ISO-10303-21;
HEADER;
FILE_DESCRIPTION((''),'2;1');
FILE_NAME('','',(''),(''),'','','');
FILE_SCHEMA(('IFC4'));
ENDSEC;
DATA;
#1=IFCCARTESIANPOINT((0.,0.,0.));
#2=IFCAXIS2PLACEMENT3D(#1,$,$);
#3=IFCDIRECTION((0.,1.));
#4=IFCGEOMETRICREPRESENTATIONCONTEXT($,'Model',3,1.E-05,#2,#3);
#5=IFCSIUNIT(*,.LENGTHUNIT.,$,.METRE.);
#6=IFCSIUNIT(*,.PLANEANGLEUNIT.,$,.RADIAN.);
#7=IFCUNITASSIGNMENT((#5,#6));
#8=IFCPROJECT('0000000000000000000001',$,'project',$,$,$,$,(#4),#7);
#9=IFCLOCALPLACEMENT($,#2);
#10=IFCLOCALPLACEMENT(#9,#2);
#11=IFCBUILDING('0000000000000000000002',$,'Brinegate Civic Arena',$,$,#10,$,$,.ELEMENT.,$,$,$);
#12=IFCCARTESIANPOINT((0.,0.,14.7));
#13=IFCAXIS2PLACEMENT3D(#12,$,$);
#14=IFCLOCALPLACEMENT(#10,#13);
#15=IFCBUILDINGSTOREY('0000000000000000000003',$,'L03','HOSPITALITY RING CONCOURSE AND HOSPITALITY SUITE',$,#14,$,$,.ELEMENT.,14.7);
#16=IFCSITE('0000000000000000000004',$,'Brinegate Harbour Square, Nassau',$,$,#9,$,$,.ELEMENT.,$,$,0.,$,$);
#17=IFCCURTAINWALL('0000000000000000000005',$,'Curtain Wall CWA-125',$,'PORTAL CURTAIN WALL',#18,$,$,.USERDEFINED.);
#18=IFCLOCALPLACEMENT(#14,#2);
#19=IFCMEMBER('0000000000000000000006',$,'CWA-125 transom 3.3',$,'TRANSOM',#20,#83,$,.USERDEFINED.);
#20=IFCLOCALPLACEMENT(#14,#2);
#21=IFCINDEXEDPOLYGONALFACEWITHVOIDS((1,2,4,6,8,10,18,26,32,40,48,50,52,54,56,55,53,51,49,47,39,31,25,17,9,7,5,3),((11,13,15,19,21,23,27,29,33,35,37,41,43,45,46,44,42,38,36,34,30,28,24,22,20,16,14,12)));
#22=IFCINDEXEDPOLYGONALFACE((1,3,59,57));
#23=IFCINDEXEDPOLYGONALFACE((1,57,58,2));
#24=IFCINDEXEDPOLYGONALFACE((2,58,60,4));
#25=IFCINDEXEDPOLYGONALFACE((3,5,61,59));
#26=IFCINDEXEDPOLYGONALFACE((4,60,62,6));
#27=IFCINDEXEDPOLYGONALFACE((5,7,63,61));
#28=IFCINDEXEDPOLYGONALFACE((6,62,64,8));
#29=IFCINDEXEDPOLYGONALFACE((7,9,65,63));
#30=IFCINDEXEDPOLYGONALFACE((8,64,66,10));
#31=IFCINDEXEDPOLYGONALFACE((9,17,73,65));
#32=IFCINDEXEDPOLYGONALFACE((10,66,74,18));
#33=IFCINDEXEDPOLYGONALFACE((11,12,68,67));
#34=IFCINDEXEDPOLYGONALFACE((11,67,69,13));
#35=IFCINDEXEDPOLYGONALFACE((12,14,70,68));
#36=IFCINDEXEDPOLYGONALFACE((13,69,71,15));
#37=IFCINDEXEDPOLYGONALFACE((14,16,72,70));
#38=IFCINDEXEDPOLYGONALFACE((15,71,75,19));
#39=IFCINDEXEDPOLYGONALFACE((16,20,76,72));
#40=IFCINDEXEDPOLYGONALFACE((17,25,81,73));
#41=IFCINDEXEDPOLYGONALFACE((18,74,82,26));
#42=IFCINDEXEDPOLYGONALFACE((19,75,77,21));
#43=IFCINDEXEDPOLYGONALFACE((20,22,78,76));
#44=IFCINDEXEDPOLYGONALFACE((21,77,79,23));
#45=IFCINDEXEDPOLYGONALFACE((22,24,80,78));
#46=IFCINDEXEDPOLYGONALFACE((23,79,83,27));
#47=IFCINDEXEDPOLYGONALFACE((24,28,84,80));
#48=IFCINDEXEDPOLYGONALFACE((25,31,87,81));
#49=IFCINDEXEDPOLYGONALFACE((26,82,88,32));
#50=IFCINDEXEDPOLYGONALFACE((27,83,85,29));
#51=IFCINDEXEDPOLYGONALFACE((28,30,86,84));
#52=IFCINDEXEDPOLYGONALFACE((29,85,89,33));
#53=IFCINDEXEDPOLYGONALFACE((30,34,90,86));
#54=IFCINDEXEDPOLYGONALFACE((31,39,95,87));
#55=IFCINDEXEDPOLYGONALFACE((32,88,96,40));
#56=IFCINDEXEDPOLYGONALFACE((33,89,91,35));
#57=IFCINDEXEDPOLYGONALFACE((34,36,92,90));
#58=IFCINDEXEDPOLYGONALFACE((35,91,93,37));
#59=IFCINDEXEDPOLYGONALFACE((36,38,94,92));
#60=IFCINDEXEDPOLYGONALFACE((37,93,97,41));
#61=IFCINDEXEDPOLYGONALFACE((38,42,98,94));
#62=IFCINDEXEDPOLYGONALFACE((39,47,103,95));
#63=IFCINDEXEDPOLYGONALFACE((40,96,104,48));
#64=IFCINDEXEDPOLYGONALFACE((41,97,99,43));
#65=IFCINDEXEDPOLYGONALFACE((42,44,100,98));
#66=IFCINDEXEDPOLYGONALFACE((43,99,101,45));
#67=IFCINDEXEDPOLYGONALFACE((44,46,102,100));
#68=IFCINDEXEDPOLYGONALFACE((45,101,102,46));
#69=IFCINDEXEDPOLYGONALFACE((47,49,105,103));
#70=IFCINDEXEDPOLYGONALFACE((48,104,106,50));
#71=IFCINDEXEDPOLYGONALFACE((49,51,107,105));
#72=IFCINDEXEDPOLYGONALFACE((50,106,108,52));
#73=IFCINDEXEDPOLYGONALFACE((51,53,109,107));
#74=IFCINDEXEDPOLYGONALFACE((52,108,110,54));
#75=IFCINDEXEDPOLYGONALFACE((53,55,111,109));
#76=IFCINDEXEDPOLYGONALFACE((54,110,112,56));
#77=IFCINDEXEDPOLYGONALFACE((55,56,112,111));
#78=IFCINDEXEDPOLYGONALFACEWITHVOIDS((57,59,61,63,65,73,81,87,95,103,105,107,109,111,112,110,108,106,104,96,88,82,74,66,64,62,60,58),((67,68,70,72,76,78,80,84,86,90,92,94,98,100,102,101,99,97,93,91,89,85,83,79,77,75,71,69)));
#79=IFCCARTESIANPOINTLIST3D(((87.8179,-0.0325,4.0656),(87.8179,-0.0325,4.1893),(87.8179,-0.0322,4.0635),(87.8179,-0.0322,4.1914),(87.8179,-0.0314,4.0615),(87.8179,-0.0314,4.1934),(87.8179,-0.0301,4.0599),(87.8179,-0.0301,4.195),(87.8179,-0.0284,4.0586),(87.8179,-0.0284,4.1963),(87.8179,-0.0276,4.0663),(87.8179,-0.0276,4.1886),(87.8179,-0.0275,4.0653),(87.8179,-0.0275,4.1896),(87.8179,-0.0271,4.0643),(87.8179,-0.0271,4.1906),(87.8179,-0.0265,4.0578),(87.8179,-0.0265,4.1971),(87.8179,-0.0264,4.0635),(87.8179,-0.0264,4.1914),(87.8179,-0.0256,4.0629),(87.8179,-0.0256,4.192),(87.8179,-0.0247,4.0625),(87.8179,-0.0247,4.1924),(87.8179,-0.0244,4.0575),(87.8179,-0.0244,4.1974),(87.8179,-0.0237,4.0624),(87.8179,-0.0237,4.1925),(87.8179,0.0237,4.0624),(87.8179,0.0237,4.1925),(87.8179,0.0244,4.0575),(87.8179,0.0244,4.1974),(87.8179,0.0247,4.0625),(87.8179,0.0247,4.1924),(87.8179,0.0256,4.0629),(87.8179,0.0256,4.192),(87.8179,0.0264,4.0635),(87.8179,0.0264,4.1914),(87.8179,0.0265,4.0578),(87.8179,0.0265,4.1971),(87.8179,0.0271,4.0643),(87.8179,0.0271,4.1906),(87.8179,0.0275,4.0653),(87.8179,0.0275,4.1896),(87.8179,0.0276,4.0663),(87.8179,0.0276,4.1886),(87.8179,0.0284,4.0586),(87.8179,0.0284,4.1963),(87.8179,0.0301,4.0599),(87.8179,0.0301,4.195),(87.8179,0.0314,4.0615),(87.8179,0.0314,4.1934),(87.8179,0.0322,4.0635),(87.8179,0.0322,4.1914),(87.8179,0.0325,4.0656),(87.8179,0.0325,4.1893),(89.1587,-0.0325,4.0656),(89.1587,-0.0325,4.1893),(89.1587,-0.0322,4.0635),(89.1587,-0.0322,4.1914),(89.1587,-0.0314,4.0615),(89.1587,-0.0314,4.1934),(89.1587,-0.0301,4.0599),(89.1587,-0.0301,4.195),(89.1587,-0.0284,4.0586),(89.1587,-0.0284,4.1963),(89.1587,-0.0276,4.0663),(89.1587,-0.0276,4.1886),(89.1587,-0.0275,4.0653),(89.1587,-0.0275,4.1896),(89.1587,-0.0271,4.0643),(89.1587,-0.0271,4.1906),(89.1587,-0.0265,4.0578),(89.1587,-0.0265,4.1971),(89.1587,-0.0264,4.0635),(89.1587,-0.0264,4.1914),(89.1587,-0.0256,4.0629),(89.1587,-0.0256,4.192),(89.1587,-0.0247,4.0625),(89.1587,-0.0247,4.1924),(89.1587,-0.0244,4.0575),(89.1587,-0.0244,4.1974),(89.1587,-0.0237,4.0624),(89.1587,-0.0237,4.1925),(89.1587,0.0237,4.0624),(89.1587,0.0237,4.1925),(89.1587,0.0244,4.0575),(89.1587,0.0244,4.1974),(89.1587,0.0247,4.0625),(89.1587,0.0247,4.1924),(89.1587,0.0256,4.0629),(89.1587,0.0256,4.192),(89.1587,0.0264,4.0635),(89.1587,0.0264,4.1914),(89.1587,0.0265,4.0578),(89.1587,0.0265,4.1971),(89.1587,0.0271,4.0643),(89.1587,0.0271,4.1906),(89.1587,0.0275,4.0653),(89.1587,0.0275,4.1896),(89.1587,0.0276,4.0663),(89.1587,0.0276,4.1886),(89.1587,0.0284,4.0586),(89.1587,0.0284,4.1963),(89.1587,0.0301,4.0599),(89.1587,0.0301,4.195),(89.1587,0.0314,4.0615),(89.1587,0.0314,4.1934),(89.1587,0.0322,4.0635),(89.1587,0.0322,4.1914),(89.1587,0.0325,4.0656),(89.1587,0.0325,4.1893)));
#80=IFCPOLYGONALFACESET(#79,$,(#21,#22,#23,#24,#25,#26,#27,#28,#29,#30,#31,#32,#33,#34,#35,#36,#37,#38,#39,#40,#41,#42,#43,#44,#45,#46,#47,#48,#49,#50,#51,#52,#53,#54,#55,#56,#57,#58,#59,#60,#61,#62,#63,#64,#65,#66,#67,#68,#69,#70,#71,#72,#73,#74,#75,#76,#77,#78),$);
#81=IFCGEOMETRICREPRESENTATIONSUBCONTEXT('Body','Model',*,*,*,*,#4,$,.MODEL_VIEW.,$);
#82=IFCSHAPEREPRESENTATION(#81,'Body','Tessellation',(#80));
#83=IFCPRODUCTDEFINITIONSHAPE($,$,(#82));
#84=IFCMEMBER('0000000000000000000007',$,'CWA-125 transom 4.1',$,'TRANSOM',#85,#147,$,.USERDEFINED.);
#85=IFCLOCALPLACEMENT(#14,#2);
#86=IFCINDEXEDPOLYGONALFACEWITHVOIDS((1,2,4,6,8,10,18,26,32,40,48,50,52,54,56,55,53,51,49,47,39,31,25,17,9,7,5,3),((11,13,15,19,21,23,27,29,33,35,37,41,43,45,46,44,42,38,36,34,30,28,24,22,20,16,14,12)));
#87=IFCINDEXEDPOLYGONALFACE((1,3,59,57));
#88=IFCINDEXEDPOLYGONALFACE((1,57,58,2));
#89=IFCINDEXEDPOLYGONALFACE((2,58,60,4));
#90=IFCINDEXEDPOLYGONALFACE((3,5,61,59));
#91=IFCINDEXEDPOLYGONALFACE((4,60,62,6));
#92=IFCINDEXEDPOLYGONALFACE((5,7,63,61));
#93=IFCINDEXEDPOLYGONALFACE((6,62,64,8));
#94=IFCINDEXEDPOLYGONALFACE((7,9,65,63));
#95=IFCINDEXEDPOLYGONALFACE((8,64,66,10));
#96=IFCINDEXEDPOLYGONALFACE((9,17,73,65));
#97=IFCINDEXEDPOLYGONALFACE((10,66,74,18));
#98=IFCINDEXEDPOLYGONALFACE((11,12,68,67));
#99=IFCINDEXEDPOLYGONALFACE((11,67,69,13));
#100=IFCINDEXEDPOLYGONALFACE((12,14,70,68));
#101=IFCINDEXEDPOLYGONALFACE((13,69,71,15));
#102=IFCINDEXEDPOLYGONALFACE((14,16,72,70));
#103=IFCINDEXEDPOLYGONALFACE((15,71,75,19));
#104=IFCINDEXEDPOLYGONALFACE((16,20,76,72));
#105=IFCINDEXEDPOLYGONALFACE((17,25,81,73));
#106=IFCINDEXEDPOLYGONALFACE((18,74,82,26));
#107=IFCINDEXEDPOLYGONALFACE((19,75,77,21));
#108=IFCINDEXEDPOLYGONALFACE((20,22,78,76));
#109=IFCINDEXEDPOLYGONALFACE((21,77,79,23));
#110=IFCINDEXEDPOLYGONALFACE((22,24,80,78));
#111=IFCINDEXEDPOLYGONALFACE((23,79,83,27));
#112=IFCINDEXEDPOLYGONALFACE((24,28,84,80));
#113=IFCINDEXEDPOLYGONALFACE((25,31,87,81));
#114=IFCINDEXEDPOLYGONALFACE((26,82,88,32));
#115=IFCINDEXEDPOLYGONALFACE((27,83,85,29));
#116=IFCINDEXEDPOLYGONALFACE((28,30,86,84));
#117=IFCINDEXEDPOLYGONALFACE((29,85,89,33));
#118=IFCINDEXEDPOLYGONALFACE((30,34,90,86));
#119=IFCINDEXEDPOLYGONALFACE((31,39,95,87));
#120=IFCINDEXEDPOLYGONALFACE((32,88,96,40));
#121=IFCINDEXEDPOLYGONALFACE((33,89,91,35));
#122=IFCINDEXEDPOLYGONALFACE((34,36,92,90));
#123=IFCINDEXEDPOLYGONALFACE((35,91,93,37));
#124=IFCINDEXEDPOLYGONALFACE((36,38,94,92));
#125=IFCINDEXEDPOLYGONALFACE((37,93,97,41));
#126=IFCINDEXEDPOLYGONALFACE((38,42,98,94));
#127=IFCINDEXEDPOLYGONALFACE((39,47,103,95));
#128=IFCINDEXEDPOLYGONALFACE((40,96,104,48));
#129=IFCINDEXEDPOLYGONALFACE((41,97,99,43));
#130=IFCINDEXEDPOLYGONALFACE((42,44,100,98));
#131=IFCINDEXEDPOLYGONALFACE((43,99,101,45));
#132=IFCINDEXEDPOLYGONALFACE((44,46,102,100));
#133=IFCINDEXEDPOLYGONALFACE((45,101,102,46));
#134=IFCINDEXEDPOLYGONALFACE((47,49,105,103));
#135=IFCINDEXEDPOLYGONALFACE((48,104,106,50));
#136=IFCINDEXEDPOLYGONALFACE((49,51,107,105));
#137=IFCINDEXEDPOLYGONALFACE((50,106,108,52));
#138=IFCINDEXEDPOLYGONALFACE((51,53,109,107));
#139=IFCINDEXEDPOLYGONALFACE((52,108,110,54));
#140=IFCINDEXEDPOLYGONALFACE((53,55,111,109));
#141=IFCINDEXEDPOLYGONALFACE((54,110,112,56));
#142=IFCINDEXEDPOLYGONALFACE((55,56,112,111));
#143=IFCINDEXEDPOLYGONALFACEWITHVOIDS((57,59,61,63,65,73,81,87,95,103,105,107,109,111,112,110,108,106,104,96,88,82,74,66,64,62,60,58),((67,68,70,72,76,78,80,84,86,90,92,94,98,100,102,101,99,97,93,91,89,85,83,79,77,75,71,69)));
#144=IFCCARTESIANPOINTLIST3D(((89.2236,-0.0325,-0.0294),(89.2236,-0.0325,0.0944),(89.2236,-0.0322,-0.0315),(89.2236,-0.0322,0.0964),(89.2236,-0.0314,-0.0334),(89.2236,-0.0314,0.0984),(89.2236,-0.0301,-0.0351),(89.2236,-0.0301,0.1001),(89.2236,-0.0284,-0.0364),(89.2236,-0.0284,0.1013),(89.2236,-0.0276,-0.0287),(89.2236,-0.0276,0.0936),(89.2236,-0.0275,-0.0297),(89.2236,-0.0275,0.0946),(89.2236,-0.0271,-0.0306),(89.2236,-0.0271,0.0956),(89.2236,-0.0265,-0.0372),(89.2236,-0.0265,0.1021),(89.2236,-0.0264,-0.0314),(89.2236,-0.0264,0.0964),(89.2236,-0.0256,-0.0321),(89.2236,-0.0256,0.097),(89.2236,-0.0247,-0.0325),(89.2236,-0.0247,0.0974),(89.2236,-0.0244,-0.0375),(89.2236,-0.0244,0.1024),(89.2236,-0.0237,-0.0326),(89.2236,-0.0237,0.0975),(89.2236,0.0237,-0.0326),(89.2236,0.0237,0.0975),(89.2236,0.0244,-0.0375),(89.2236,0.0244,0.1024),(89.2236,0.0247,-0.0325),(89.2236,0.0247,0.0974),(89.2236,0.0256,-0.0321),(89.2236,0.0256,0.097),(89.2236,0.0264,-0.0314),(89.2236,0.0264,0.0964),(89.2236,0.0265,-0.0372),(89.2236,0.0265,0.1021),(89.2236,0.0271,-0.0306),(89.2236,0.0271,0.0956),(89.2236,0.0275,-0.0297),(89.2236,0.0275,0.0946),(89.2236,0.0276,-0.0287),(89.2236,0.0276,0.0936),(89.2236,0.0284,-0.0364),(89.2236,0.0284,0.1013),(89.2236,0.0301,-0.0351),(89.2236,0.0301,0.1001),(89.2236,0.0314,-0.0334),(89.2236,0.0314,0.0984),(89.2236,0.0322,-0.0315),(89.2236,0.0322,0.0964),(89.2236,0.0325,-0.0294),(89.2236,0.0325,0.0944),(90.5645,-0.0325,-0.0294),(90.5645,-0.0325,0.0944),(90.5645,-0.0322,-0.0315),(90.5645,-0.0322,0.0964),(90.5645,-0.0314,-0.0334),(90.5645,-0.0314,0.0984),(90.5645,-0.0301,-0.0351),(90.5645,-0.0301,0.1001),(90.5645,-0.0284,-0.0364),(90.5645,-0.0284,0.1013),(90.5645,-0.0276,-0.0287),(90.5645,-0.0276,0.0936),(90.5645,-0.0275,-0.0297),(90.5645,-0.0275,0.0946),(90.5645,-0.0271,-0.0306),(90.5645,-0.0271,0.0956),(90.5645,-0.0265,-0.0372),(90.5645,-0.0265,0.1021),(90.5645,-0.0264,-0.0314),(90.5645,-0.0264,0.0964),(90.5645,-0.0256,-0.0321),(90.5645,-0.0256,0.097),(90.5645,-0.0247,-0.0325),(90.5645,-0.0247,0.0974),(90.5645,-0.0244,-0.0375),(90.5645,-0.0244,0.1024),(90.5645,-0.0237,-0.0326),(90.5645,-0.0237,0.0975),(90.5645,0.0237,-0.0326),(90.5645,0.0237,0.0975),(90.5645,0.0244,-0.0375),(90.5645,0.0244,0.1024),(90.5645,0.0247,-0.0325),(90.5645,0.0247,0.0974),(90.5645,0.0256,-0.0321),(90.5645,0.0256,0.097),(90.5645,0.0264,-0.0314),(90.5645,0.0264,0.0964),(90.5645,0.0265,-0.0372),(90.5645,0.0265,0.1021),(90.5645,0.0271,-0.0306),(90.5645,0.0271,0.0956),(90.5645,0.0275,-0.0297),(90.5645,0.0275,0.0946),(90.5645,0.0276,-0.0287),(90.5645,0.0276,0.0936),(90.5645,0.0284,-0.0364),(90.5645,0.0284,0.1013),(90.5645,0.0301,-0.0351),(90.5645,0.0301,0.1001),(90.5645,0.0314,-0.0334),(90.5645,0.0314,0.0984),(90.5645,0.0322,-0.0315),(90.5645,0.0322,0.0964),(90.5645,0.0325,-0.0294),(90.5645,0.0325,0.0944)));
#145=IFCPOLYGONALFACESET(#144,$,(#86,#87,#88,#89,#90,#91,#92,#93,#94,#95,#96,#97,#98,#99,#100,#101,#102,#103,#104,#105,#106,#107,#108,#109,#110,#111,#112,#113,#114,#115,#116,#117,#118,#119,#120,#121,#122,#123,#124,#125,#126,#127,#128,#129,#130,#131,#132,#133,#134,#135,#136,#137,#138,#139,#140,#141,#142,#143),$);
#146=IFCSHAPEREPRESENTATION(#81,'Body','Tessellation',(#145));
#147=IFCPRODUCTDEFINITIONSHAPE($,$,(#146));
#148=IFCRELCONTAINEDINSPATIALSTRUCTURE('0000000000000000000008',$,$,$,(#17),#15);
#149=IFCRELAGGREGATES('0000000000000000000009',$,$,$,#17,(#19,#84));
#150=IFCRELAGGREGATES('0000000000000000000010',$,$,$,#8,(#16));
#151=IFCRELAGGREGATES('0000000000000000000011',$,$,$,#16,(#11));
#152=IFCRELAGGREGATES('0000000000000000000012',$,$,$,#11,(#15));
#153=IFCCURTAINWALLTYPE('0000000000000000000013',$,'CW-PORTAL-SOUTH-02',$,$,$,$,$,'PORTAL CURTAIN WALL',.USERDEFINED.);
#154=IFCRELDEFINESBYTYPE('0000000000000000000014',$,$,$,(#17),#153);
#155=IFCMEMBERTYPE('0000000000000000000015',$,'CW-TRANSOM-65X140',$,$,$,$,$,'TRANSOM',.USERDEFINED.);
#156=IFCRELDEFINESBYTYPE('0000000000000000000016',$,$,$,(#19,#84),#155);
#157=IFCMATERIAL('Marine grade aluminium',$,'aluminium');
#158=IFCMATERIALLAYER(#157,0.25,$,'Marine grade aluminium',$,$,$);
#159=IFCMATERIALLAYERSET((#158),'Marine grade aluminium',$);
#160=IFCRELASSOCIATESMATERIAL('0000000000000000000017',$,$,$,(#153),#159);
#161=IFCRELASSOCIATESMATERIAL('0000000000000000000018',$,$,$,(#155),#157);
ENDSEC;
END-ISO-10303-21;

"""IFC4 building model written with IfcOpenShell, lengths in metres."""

from ifc_helpers import new_model, si_unit, direction, frame, origin, origin_2d, place, context, subcontext, project, spatial, hollow_rectangle, extrude, material, layer, layer_set, material_profile, profile_set, type_object, element, aggregate, save


model = new_model("IFC4")

# Units and contexts
model_context = context("Model", 3, precision=1e-05, world=origin(), true_north=direction((0.0, 1.0)))
body_context = subcontext(model_context, "Body", "Model", "MODEL_VIEW")
ifc_project = project(units=[si_unit("LENGTHUNIT", "METRE"), si_unit("PLANEANGLEUNIT", "RADIAN")], contexts=[model_context])

# Site, building, storey
site_placement = place(None, origin())
site = spatial("IfcSite", under=ifc_project, at=site_placement, Name="Brinegate Harbour Square, Nassau", CompositionType="ELEMENT", RefElevation=0.0)
building_placement = place(site_placement, origin())
building = spatial("IfcBuilding", under=site, at=building_placement, Name="Brinegate Civic Arena", CompositionType="ELEMENT")
storey_placement = place(building_placement, frame((0.0, 0.0, 14.7)))
storey = spatial("IfcBuildingStorey", under=building, at=storey_placement, Name="L03", Description="HOSPITALITY RING CONCOURSE AND HOSPITALITY SUITE", CompositionType="ELEMENT", Elevation=14.7)

# Curtain wall, members
ifc_material_1 = material(Name="Marine grade aluminium", Category="aluminium")
ifc_layer_1 = layer(ifc_material_1, 0.25, Name="Marine grade aluminium")
ifc_layer_set_1 = layer_set([ifc_layer_1], Name="Marine grade aluminium")
curtain_wall_type = type_object("IfcCurtainWallType", Name="CW-PORTAL-SOUTH-02", ElementType="PORTAL CURTAIN WALL", PredefinedType="USERDEFINED", material=ifc_layer_set_1)
curtain_wall_placement = place(storey_placement, origin())
curtain_wall = element("IfcCurtainWall", 1, at=curtain_wall_placement, inside=storey, type_object=curtain_wall_type, Name="Curtain Wall CWA-125", ObjectType="PORTAL CURTAIN WALL", PredefinedType="USERDEFINED")
ifc_material_profile_1 = material_profile(ifc_material_1, hollow_rectangle(XDim=0.0649, YDim=0.1399, WallThickness=0.0049, InnerFilletRadius=0.0039, OuterFilletRadius=0.0081, at=origin_2d()), Name="TRN65X140")
ifc_profile_set_1 = profile_set([ifc_material_profile_1], Name="Marine grade aluminium")
member_type_1 = type_object("IfcMemberType", Name="CW-TRANSOM-65X140", ElementType="TRANSOM", PredefinedType="USERDEFINED", material=ifc_profile_set_1)
member_1_placement = place(storey_placement, frame((87.8179, 0.0, 4.1274), z_axis=(1.0, 0.0, 0.0), x_axis=(0.0, 1.0, 0.0)))
member_1 = element("IfcMember", 2, at=member_1_placement, type_object=member_type_1, Name="CWA-125 transom 3.3", ObjectType="TRANSOM", PredefinedType="USERDEFINED", context=body_context, shape_type="SweptSolid", body=[
    extrude(hollow_rectangle(XDim=0.0649, YDim=0.1399, WallThickness=0.0049, InnerFilletRadius=0.0039, OuterFilletRadius=0.0081, at=origin_2d()), origin(), (0.0, 0.0, 1.0), 1.3408),
])
member_2_placement = place(storey_placement, frame((89.2236, 0.0, 0.0325), z_axis=(1.0, 0.0, 0.0), x_axis=(0.0, 1.0, 0.0)))
member_2 = element("IfcMember", 3, at=member_2_placement, type_object=member_type_1, Name="CWA-125 transom 4.1", ObjectType="TRANSOM", PredefinedType="USERDEFINED", context=body_context, shape_type="SweptSolid", body=[
    extrude(hollow_rectangle(XDim=0.0649, YDim=0.1399, WallThickness=0.0049, InnerFilletRadius=0.0039, OuterFilletRadius=0.0081, at=origin_2d()), origin(), (0.0, 0.0, 1.0), 1.3408),
])
aggregate(curtain_wall, [member_1, member_2])

save(model, "model.ifc")
